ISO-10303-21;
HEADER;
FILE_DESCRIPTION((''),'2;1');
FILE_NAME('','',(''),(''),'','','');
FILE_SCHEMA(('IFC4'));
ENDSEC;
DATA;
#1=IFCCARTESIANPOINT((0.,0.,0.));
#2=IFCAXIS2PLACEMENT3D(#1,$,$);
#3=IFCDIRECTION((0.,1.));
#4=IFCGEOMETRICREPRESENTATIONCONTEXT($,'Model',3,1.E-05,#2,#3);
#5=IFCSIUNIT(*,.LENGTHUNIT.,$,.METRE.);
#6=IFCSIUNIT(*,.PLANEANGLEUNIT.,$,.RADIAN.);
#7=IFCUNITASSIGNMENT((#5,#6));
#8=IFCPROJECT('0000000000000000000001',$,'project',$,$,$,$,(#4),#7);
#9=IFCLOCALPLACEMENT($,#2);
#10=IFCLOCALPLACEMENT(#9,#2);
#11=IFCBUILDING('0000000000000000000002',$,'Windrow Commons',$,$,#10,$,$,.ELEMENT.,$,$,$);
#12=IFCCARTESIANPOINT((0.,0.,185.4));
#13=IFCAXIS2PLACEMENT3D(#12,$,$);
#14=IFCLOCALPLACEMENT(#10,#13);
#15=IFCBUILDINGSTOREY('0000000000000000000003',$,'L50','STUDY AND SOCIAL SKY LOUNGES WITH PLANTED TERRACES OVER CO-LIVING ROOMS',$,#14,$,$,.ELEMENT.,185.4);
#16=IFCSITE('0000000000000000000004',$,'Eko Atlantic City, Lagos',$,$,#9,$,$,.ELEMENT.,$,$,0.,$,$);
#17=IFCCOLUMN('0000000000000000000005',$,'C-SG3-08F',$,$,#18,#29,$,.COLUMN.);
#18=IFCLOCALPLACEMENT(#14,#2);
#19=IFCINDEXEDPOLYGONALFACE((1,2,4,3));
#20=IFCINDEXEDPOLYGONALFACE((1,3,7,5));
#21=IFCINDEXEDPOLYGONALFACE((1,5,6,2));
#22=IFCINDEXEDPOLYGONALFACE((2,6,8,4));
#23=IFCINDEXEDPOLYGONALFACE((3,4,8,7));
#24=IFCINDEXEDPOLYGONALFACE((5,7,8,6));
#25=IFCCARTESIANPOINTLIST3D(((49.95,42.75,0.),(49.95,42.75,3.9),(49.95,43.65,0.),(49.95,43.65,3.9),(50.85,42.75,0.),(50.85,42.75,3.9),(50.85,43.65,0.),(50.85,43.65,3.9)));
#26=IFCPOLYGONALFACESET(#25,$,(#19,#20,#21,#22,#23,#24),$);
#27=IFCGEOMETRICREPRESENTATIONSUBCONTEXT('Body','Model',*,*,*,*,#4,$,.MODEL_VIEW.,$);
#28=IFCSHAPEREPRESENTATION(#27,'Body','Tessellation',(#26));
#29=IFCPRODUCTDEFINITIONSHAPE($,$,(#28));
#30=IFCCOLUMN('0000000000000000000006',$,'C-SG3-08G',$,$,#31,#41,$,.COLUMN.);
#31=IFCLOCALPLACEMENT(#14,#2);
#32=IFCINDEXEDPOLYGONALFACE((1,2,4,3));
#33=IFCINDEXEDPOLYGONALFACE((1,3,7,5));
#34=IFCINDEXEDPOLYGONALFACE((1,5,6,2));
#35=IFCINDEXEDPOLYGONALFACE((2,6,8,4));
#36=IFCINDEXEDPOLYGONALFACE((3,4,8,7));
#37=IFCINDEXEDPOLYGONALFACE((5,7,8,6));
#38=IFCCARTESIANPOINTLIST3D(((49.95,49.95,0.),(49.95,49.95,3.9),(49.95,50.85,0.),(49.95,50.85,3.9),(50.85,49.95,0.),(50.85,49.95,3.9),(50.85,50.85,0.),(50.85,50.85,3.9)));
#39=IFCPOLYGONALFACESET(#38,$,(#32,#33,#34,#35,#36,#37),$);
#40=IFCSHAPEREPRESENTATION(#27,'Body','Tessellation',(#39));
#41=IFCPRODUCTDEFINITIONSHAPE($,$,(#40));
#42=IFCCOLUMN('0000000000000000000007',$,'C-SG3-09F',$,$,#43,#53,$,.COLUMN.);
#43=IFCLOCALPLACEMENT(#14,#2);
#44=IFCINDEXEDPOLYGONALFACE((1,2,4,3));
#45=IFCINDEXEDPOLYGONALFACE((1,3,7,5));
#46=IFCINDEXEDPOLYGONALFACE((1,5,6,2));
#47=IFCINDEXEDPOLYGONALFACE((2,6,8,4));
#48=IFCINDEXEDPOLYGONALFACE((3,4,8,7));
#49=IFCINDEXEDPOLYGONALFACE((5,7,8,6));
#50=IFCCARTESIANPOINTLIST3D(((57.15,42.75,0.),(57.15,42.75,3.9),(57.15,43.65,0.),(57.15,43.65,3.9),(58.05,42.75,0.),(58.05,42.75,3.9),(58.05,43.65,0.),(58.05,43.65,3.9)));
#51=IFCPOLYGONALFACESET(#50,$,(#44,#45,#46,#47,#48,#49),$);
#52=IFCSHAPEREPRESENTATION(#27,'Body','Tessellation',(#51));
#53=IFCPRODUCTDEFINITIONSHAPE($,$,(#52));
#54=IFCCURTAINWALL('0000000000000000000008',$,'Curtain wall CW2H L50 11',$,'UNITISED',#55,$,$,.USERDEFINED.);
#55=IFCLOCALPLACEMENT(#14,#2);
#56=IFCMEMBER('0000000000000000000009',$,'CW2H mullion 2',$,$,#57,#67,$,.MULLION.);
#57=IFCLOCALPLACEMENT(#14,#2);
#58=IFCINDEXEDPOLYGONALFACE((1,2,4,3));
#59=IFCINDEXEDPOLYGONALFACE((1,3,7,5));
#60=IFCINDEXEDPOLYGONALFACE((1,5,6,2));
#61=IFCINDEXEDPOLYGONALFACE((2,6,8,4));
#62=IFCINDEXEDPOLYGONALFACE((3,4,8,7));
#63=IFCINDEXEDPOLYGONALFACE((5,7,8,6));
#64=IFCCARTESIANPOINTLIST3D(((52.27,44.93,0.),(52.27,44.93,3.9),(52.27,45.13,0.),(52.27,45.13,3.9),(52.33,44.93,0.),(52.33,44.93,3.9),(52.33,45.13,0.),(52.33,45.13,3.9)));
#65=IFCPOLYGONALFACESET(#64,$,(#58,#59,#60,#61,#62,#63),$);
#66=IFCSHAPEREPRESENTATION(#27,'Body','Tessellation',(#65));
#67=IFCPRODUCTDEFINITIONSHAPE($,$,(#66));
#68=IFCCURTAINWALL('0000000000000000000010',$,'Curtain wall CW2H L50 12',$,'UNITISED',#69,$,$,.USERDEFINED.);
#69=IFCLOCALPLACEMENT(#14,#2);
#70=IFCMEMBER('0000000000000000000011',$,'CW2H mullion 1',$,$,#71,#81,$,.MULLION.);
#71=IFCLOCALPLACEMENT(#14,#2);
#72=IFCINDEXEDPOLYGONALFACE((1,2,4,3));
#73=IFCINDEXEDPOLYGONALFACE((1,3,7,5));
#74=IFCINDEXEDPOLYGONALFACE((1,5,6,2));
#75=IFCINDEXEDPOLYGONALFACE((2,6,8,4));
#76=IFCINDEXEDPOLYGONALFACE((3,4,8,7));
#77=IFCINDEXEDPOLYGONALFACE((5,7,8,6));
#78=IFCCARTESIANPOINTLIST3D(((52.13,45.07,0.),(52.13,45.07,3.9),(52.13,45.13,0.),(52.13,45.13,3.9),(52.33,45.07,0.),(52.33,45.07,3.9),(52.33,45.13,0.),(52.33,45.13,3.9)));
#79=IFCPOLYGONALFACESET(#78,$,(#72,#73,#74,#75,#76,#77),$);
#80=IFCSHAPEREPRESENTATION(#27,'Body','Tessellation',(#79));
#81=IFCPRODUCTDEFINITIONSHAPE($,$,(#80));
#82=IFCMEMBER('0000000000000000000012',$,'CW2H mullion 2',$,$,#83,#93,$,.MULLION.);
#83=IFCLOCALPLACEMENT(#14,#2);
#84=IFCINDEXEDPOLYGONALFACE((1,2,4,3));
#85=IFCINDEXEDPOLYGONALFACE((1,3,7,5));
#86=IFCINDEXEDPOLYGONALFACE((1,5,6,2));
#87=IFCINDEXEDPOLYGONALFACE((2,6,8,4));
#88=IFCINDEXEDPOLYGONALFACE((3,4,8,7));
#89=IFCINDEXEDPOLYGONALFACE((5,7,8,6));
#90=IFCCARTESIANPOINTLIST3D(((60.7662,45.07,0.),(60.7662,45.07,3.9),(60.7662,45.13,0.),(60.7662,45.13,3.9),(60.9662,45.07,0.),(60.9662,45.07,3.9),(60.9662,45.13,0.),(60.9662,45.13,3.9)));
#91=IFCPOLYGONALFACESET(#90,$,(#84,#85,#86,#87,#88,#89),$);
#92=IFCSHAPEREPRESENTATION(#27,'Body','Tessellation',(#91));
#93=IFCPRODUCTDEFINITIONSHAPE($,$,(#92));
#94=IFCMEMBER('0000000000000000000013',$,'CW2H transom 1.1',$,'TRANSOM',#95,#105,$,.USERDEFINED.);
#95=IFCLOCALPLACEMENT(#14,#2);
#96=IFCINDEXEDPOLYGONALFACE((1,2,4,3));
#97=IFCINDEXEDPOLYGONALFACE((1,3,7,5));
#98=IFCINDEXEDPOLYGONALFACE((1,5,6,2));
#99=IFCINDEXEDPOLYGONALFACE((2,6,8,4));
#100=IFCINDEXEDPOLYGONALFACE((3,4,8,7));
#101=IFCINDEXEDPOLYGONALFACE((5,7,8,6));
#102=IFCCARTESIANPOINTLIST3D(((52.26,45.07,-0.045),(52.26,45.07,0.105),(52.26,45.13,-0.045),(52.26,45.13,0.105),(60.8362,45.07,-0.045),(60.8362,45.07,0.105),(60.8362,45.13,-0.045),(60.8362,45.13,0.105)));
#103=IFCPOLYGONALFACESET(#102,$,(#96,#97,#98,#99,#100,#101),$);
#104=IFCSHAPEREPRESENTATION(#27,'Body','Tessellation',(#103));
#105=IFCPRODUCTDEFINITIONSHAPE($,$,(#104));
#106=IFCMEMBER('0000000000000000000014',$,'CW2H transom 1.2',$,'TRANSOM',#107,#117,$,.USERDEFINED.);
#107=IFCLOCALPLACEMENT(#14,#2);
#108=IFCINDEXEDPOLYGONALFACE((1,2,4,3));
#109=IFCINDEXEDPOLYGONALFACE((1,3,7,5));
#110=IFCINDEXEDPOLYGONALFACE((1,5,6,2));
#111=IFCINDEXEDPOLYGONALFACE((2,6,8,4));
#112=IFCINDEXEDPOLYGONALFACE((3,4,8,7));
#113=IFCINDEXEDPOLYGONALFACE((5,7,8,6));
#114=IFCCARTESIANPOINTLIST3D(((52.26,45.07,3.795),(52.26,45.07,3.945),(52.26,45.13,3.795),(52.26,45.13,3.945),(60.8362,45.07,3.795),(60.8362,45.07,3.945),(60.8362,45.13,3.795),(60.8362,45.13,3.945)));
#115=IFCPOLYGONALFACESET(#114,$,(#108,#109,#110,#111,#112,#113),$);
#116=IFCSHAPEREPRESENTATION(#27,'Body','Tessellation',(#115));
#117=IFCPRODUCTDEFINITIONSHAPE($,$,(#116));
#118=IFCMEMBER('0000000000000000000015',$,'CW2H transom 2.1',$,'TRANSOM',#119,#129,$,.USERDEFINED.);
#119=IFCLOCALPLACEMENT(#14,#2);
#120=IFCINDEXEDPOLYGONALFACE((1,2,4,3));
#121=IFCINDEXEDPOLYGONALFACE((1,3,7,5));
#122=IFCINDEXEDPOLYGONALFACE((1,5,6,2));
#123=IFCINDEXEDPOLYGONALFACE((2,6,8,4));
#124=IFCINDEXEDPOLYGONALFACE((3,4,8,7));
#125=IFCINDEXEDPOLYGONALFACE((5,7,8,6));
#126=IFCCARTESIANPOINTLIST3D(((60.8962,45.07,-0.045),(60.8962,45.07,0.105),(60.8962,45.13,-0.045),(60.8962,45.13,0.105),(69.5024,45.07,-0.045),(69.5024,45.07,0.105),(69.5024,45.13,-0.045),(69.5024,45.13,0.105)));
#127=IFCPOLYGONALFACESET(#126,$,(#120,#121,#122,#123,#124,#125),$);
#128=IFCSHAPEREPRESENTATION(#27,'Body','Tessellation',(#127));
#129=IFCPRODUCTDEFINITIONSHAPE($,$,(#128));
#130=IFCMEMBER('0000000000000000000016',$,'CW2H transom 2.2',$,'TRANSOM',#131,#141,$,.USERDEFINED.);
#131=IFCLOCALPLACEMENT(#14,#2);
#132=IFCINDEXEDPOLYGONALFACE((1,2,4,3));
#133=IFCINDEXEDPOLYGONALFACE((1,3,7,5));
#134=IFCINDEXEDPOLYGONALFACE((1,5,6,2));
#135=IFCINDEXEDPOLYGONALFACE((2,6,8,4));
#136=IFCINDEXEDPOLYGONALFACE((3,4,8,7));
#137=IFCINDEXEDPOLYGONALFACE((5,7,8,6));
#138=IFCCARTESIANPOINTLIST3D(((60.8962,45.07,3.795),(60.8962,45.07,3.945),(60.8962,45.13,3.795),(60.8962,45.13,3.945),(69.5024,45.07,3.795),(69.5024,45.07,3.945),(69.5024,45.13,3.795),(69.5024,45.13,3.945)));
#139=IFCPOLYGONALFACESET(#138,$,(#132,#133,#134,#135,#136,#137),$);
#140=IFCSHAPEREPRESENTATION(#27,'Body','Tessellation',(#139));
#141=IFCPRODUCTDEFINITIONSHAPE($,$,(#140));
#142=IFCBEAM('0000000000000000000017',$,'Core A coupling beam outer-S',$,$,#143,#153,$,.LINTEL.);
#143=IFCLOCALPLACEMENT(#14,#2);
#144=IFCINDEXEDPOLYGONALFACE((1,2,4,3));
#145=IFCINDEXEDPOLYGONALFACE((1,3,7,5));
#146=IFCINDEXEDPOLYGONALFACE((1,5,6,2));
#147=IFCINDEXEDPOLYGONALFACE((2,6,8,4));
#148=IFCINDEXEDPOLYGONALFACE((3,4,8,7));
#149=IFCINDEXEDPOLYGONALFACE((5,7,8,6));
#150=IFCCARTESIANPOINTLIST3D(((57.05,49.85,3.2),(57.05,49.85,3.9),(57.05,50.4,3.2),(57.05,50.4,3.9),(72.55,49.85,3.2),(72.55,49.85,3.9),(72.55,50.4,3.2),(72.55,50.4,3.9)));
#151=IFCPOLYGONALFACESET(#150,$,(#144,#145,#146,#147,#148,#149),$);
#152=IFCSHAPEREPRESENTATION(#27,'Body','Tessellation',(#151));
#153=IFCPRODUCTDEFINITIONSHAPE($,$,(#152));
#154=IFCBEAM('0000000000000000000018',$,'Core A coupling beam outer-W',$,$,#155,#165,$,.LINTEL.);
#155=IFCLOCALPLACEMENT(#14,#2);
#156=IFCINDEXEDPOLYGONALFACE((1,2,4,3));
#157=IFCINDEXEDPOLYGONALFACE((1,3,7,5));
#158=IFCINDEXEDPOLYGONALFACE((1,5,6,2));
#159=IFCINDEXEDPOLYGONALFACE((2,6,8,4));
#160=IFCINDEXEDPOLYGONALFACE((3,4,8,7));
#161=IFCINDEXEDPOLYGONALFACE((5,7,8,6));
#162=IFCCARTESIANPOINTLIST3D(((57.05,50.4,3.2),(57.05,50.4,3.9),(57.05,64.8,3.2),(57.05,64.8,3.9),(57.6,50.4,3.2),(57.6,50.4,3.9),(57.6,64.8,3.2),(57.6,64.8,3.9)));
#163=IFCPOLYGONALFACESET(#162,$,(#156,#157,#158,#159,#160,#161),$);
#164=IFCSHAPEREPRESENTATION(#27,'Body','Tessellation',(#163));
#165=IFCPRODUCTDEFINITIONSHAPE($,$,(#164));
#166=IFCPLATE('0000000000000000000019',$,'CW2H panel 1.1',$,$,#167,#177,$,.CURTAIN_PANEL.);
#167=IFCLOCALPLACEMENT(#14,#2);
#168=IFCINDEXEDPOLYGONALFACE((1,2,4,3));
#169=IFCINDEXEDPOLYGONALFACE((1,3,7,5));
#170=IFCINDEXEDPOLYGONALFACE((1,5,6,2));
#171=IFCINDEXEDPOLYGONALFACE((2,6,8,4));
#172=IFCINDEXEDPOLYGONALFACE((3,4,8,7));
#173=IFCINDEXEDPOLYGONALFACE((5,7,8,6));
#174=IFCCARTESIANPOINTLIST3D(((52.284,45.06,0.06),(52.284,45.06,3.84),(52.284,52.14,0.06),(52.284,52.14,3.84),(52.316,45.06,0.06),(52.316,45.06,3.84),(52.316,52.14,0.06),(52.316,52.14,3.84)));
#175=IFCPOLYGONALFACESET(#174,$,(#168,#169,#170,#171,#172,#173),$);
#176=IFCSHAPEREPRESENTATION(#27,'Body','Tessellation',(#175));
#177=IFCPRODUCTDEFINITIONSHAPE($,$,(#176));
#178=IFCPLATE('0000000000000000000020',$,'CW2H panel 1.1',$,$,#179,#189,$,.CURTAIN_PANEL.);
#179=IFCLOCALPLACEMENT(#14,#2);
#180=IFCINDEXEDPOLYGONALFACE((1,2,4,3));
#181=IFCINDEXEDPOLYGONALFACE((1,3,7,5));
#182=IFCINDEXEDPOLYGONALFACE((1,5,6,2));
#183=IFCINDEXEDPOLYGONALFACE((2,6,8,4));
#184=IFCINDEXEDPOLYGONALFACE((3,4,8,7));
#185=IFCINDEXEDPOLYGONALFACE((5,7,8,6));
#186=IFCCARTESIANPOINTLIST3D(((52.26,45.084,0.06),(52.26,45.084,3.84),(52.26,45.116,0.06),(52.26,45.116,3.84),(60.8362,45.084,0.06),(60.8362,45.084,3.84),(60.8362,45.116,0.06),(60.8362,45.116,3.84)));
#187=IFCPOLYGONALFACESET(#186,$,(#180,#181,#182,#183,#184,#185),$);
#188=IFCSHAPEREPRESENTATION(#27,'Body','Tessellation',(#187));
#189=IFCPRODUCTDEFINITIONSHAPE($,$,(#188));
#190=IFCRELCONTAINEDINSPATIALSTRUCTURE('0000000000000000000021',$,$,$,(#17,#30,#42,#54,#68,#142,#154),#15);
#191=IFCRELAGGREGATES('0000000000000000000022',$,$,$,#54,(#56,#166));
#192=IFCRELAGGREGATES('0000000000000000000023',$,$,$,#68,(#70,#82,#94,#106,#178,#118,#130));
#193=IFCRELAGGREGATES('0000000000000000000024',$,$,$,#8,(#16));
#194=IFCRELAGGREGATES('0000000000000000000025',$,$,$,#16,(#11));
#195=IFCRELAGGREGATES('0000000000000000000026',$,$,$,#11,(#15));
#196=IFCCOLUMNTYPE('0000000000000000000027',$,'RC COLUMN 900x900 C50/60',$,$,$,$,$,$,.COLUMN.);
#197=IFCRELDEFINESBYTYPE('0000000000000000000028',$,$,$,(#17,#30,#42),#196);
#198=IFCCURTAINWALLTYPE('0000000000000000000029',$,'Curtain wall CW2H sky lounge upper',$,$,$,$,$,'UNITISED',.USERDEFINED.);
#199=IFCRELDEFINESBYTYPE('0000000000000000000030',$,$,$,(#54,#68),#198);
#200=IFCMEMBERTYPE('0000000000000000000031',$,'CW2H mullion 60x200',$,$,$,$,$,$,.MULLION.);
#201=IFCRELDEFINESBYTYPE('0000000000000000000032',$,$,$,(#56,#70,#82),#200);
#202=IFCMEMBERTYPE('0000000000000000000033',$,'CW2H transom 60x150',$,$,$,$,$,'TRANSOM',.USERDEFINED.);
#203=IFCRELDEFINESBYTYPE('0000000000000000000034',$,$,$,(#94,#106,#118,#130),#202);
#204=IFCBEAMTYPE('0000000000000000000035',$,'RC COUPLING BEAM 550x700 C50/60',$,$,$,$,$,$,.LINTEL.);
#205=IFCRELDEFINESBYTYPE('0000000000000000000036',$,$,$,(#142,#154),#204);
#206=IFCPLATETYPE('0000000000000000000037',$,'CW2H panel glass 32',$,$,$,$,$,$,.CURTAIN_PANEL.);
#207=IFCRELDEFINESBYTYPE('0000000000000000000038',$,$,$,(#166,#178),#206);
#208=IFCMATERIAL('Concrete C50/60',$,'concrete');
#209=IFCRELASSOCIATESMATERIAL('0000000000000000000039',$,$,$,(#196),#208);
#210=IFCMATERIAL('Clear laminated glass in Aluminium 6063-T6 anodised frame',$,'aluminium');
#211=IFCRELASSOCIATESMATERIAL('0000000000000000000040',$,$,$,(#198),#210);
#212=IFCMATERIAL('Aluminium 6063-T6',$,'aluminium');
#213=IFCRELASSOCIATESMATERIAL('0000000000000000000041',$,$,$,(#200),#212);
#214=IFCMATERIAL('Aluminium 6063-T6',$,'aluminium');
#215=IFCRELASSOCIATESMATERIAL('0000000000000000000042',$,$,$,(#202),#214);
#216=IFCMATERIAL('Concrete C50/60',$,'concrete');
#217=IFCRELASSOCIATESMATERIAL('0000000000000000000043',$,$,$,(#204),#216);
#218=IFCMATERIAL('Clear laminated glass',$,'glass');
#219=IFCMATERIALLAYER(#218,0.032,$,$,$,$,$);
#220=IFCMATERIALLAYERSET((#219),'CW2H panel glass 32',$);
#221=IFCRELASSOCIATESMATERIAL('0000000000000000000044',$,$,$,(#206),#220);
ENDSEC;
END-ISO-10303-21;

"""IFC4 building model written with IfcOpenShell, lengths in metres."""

from ifc_helpers import new_model, si_unit, direction, frame, origin, origin_2d, place, context, subcontext, project, spatial, rectangle, extrude, material, layer, layer_set, material_profile, profile_set, type_object, element, aggregate, save


model = new_model("IFC4")

# Units and contexts
model_context = context("Model", 3, precision=1e-05, world=origin(), true_north=direction((0.0, 1.0)))
body_context = subcontext(model_context, "Body", "Model", "MODEL_VIEW")
ifc_project = project(units=[si_unit("LENGTHUNIT", "METRE"), si_unit("PLANEANGLEUNIT", "RADIAN")], contexts=[model_context])

# Site, building, storey
site_placement = place(None, origin())
site = spatial("IfcSite", under=ifc_project, at=site_placement, Name="Eko Atlantic City, Lagos", CompositionType="ELEMENT", RefElevation=0.0)
building_placement = place(site_placement, origin())
building = spatial("IfcBuilding", under=site, at=building_placement, Name="Windrow Commons", CompositionType="ELEMENT")
storey_placement = place(building_placement, frame((0.0, 0.0, 185.4)))
storey = spatial("IfcBuildingStorey", under=building, at=storey_placement, Name="L50", Description="STUDY AND SOCIAL SKY LOUNGES WITH PLANTED TERRACES OVER CO-LIVING ROOMS", CompositionType="ELEMENT", Elevation=185.4)

# Columns
ifc_material_1 = material(Name="Concrete C50/60", Category="concrete")
ifc_material_profile_1 = material_profile(ifc_material_1, rectangle(XDim=0.9, YDim=0.9, at=origin_2d()))
ifc_profile_set_1 = profile_set([ifc_material_profile_1], Name="Concrete C50/60")
column_type = type_object("IfcColumnType", Name="RC COLUMN 900x900 C50/60", PredefinedType="COLUMN", material=ifc_profile_set_1)
for number, where, z_axis, x_axis, name in (
    (1, (50.4, 43.2, 0.0), (0.0, 0.0, 1.0), (1.0, 0.0, 0.0), "C-SG3-08F"),
    (2, (50.4, 50.4, 0.0), (0.0, 0.0, 1.0), (1.0, 0.0, 0.0), "C-SG3-08G"),
    (3, (57.6, 43.2, 0.0), (0.0, 0.0, 1.0), (1.0, 0.0, 0.0), "C-SG3-09F"),
):
    element("IfcColumn", number, at=place(storey_placement, frame(where, z_axis=z_axis, x_axis=x_axis)), inside=storey, type_object=column_type, Name=name, PredefinedType="COLUMN", context=body_context, shape_type="SweptSolid", body=[
        extrude(rectangle(XDim=0.9, YDim=0.9, at=origin_2d()), origin(), (0.0, 0.0, 1.0), 3.9),
    ])

# Curtain wall, member
ifc_material_2 = material(Name="Clear laminated glass in Aluminium 6063-T6 anodised frame", Category="aluminium")
curtain_wall_type = type_object("IfcCurtainWallType", Name="Curtain wall CW2H sky lounge upper", ElementType="UNITISED", PredefinedType="USERDEFINED", material=ifc_material_2)
placement = place(storey_placement, origin())
curtain_wall_1 = element("IfcCurtainWall", 4, at=placement, inside=storey, type_object=curtain_wall_type, Name="Curtain wall CW2H L50 11", ObjectType="UNITISED", PredefinedType="USERDEFINED")
ifc_material_3 = material(Name="Aluminium 6063-T6", Category="aluminium")
ifc_material_profile_2 = material_profile(ifc_material_3, rectangle(XDim=0.06, YDim=0.2, at=origin_2d()))
ifc_profile_set_2 = profile_set([ifc_material_profile_2], Name="Aluminium 6063-T6")
member_type_1 = type_object("IfcMemberType", Name="CW2H mullion 60x200", PredefinedType="MULLION", material=ifc_profile_set_2)
member_1_placement = place(storey_placement, frame((52.3, 45.03, 0.0), z_axis=(0.0, 0.0, 1.0), x_axis=(1.0, 0.0, 0.0)))
member_1 = element("IfcMember", 5, at=member_1_placement, type_object=member_type_1, Name="CW2H mullion 2", PredefinedType="MULLION", context=body_context, shape_type="SweptSolid", body=[
    extrude(rectangle(XDim=0.06, YDim=0.2, at=origin_2d()), origin(), (0.0, 0.0, 1.0), 3.9),
])

# Curtain wall, members
curtain_wall_2 = element("IfcCurtainWall", 6, at=placement, inside=storey, type_object=curtain_wall_type, Name="Curtain wall CW2H L50 12", ObjectType="UNITISED", PredefinedType="USERDEFINED")
member_2_placement = place(storey_placement, frame((52.23, 45.1, 0.0), z_axis=(0.0, 0.0, 1.0), x_axis=(0.0, 1.0, 0.0)))
member_2 = element("IfcMember", 7, at=member_2_placement, type_object=member_type_1, Name="CW2H mullion 1", PredefinedType="MULLION", context=body_context, shape_type="SweptSolid", body=[
    extrude(rectangle(XDim=0.06, YDim=0.2, at=origin_2d()), origin(), (0.0, 0.0, 1.0), 3.9),
])
member_3_placement = place(storey_placement, frame((60.8662, 45.1, 0.0), z_axis=(0.0, 0.0, 1.0), x_axis=(0.0, 1.0, 0.0)))
member_3 = element("IfcMember", 8, at=member_3_placement, type_object=member_type_1, Name="CW2H mullion 2", PredefinedType="MULLION", context=body_context, shape_type="SweptSolid", body=[
    extrude(rectangle(XDim=0.06, YDim=0.2, at=origin_2d()), origin(), (0.0, 0.0, 1.0), 3.9),
])
ifc_material_4 = material(Name="Aluminium 6063-T6", Category="aluminium")
ifc_material_profile_3 = material_profile(ifc_material_4, rectangle(XDim=0.06, YDim=0.15, at=origin_2d()))
ifc_profile_set_3 = profile_set([ifc_material_profile_3], Name="Aluminium 6063-T6")
member_type_2 = type_object("IfcMemberType", Name="CW2H transom 60x150", ElementType="TRANSOM", PredefinedType="USERDEFINED", material=ifc_profile_set_3)
member_4_placement = place(storey_placement, frame((52.26, 45.1, 0.03), z_axis=(1.0, 0.0, 0.0), x_axis=(0.0, 1.0, 0.0)))
member_4 = element("IfcMember", 9, at=member_4_placement, type_object=member_type_2, Name="CW2H transom 1.1", ObjectType="TRANSOM", PredefinedType="USERDEFINED", context=body_context, shape_type="SweptSolid", body=[
    extrude(rectangle(XDim=0.06, YDim=0.15, at=origin_2d()), origin(), (0.0, 0.0, 1.0), 8.5762),
])
member_5_placement = place(storey_placement, frame((52.26, 45.1, 3.87), z_axis=(1.0, 0.0, 0.0), x_axis=(0.0, 1.0, 0.0)))
member_5 = element("IfcMember", 10, at=member_5_placement, type_object=member_type_2, Name="CW2H transom 1.2", ObjectType="TRANSOM", PredefinedType="USERDEFINED", context=body_context, shape_type="SweptSolid", body=[
    extrude(rectangle(XDim=0.06, YDim=0.15, at=origin_2d()), origin(), (0.0, 0.0, 1.0), 8.5762),
])
member_6_placement = place(storey_placement, frame((60.8962, 45.1, 0.03), z_axis=(1.0, 0.0, 0.0), x_axis=(0.0, 1.0, 0.0)))
member_6 = element("IfcMember", 11, at=member_6_placement, type_object=member_type_2, Name="CW2H transom 2.1", ObjectType="TRANSOM", PredefinedType="USERDEFINED", context=body_context, shape_type="SweptSolid", body=[
    extrude(rectangle(XDim=0.06, YDim=0.15, at=origin_2d()), origin(), (0.0, 0.0, 1.0), 8.6062),
])
member_7_placement = place(storey_placement, frame((60.8962, 45.1, 3.87), z_axis=(1.0, 0.0, 0.0), x_axis=(0.0, 1.0, 0.0)))
member_7 = element("IfcMember", 12, at=member_7_placement, type_object=member_type_2, Name="CW2H transom 2.2", ObjectType="TRANSOM", PredefinedType="USERDEFINED", context=body_context, shape_type="SweptSolid", body=[
    extrude(rectangle(XDim=0.06, YDim=0.15, at=origin_2d()), origin(), (0.0, 0.0, 1.0), 8.6062),
])

# Beams
ifc_material_5 = material(Name="Concrete C50/60", Category="concrete")
ifc_material_profile_4 = material_profile(ifc_material_5, rectangle(XDim=0.55, YDim=0.7, at=origin_2d()))
ifc_profile_set_4 = profile_set([ifc_material_profile_4], Name="Concrete C50/60")
beam_type = type_object("IfcBeamType", Name="RC COUPLING BEAM 550x700 C50/60", PredefinedType="LINTEL", material=ifc_profile_set_4)
beam_1_placement = place(storey_placement, frame((57.05, 50.125, 3.55), z_axis=(1.0, 0.0, 0.0), x_axis=(0.0, 1.0, 0.0)))
element("IfcBeam", 13, at=beam_1_placement, inside=storey, type_object=beam_type, Name="Core A coupling beam outer-S", PredefinedType="LINTEL", context=body_context, shape_type="SweptSolid", body=[
    extrude(rectangle(XDim=0.55, YDim=0.7, at=origin_2d()), origin(), (0.0, 0.0, 1.0), 15.5),
])
beam_2_placement = place(storey_placement, frame((57.325, 50.4, 3.55), z_axis=(0.0, 1.0, 0.0), x_axis=(-1.0, 0.0, 0.0)))
element("IfcBeam", 14, at=beam_2_placement, inside=storey, type_object=beam_type, Name="Core A coupling beam outer-W", PredefinedType="LINTEL", context=body_context, shape_type="SweptSolid", body=[
    extrude(rectangle(XDim=0.55, YDim=0.7, at=origin_2d()), origin(), (0.0, 0.0, 1.0), 14.4),
])

# Plates
ifc_material_6 = material(Name="Clear laminated glass", Category="glass")
ifc_layer_1 = layer(ifc_material_6, 0.032)
ifc_layer_set_1 = layer_set([ifc_layer_1], Name="CW2H panel glass 32")
plate_type = type_object("IfcPlateType", Name="CW2H panel glass 32", PredefinedType="CURTAIN_PANEL", material=ifc_layer_set_1)
plate_1_placement = place(storey_placement, frame((52.3, 48.6, 0.06), z_axis=(0.0, 0.0, 1.0), x_axis=(0.0, -1.0, 0.0)))
plate_1 = element("IfcPlate", 15, at=plate_1_placement, type_object=plate_type, Name="CW2H panel 1.1", PredefinedType="CURTAIN_PANEL", context=body_context, shape_type="SweptSolid", body=[
    extrude(rectangle(XDim=7.08, YDim=0.032, at=origin_2d()), origin(), (0.0, 0.0, 1.0), 3.78),
])
aggregate(curtain_wall_1, [member_1, plate_1])
plate_2_placement = place(storey_placement, frame((56.5481, 45.1, 0.06), z_axis=(0.0, 0.0, 1.0), x_axis=(1.0, 0.0, 0.0)))
plate_2 = element("IfcPlate", 16, at=plate_2_placement, type_object=plate_type, Name="CW2H panel 1.1", PredefinedType="CURTAIN_PANEL", context=body_context, shape_type="SweptSolid", body=[
    extrude(rectangle(XDim=8.5762, YDim=0.032, at=origin_2d()), origin(), (0.0, 0.0, 1.0), 3.78),
])
aggregate(curtain_wall_2, [member_2, member_3, member_4, member_5, plate_2, member_6, member_7])

save(model, "model.ifc")
